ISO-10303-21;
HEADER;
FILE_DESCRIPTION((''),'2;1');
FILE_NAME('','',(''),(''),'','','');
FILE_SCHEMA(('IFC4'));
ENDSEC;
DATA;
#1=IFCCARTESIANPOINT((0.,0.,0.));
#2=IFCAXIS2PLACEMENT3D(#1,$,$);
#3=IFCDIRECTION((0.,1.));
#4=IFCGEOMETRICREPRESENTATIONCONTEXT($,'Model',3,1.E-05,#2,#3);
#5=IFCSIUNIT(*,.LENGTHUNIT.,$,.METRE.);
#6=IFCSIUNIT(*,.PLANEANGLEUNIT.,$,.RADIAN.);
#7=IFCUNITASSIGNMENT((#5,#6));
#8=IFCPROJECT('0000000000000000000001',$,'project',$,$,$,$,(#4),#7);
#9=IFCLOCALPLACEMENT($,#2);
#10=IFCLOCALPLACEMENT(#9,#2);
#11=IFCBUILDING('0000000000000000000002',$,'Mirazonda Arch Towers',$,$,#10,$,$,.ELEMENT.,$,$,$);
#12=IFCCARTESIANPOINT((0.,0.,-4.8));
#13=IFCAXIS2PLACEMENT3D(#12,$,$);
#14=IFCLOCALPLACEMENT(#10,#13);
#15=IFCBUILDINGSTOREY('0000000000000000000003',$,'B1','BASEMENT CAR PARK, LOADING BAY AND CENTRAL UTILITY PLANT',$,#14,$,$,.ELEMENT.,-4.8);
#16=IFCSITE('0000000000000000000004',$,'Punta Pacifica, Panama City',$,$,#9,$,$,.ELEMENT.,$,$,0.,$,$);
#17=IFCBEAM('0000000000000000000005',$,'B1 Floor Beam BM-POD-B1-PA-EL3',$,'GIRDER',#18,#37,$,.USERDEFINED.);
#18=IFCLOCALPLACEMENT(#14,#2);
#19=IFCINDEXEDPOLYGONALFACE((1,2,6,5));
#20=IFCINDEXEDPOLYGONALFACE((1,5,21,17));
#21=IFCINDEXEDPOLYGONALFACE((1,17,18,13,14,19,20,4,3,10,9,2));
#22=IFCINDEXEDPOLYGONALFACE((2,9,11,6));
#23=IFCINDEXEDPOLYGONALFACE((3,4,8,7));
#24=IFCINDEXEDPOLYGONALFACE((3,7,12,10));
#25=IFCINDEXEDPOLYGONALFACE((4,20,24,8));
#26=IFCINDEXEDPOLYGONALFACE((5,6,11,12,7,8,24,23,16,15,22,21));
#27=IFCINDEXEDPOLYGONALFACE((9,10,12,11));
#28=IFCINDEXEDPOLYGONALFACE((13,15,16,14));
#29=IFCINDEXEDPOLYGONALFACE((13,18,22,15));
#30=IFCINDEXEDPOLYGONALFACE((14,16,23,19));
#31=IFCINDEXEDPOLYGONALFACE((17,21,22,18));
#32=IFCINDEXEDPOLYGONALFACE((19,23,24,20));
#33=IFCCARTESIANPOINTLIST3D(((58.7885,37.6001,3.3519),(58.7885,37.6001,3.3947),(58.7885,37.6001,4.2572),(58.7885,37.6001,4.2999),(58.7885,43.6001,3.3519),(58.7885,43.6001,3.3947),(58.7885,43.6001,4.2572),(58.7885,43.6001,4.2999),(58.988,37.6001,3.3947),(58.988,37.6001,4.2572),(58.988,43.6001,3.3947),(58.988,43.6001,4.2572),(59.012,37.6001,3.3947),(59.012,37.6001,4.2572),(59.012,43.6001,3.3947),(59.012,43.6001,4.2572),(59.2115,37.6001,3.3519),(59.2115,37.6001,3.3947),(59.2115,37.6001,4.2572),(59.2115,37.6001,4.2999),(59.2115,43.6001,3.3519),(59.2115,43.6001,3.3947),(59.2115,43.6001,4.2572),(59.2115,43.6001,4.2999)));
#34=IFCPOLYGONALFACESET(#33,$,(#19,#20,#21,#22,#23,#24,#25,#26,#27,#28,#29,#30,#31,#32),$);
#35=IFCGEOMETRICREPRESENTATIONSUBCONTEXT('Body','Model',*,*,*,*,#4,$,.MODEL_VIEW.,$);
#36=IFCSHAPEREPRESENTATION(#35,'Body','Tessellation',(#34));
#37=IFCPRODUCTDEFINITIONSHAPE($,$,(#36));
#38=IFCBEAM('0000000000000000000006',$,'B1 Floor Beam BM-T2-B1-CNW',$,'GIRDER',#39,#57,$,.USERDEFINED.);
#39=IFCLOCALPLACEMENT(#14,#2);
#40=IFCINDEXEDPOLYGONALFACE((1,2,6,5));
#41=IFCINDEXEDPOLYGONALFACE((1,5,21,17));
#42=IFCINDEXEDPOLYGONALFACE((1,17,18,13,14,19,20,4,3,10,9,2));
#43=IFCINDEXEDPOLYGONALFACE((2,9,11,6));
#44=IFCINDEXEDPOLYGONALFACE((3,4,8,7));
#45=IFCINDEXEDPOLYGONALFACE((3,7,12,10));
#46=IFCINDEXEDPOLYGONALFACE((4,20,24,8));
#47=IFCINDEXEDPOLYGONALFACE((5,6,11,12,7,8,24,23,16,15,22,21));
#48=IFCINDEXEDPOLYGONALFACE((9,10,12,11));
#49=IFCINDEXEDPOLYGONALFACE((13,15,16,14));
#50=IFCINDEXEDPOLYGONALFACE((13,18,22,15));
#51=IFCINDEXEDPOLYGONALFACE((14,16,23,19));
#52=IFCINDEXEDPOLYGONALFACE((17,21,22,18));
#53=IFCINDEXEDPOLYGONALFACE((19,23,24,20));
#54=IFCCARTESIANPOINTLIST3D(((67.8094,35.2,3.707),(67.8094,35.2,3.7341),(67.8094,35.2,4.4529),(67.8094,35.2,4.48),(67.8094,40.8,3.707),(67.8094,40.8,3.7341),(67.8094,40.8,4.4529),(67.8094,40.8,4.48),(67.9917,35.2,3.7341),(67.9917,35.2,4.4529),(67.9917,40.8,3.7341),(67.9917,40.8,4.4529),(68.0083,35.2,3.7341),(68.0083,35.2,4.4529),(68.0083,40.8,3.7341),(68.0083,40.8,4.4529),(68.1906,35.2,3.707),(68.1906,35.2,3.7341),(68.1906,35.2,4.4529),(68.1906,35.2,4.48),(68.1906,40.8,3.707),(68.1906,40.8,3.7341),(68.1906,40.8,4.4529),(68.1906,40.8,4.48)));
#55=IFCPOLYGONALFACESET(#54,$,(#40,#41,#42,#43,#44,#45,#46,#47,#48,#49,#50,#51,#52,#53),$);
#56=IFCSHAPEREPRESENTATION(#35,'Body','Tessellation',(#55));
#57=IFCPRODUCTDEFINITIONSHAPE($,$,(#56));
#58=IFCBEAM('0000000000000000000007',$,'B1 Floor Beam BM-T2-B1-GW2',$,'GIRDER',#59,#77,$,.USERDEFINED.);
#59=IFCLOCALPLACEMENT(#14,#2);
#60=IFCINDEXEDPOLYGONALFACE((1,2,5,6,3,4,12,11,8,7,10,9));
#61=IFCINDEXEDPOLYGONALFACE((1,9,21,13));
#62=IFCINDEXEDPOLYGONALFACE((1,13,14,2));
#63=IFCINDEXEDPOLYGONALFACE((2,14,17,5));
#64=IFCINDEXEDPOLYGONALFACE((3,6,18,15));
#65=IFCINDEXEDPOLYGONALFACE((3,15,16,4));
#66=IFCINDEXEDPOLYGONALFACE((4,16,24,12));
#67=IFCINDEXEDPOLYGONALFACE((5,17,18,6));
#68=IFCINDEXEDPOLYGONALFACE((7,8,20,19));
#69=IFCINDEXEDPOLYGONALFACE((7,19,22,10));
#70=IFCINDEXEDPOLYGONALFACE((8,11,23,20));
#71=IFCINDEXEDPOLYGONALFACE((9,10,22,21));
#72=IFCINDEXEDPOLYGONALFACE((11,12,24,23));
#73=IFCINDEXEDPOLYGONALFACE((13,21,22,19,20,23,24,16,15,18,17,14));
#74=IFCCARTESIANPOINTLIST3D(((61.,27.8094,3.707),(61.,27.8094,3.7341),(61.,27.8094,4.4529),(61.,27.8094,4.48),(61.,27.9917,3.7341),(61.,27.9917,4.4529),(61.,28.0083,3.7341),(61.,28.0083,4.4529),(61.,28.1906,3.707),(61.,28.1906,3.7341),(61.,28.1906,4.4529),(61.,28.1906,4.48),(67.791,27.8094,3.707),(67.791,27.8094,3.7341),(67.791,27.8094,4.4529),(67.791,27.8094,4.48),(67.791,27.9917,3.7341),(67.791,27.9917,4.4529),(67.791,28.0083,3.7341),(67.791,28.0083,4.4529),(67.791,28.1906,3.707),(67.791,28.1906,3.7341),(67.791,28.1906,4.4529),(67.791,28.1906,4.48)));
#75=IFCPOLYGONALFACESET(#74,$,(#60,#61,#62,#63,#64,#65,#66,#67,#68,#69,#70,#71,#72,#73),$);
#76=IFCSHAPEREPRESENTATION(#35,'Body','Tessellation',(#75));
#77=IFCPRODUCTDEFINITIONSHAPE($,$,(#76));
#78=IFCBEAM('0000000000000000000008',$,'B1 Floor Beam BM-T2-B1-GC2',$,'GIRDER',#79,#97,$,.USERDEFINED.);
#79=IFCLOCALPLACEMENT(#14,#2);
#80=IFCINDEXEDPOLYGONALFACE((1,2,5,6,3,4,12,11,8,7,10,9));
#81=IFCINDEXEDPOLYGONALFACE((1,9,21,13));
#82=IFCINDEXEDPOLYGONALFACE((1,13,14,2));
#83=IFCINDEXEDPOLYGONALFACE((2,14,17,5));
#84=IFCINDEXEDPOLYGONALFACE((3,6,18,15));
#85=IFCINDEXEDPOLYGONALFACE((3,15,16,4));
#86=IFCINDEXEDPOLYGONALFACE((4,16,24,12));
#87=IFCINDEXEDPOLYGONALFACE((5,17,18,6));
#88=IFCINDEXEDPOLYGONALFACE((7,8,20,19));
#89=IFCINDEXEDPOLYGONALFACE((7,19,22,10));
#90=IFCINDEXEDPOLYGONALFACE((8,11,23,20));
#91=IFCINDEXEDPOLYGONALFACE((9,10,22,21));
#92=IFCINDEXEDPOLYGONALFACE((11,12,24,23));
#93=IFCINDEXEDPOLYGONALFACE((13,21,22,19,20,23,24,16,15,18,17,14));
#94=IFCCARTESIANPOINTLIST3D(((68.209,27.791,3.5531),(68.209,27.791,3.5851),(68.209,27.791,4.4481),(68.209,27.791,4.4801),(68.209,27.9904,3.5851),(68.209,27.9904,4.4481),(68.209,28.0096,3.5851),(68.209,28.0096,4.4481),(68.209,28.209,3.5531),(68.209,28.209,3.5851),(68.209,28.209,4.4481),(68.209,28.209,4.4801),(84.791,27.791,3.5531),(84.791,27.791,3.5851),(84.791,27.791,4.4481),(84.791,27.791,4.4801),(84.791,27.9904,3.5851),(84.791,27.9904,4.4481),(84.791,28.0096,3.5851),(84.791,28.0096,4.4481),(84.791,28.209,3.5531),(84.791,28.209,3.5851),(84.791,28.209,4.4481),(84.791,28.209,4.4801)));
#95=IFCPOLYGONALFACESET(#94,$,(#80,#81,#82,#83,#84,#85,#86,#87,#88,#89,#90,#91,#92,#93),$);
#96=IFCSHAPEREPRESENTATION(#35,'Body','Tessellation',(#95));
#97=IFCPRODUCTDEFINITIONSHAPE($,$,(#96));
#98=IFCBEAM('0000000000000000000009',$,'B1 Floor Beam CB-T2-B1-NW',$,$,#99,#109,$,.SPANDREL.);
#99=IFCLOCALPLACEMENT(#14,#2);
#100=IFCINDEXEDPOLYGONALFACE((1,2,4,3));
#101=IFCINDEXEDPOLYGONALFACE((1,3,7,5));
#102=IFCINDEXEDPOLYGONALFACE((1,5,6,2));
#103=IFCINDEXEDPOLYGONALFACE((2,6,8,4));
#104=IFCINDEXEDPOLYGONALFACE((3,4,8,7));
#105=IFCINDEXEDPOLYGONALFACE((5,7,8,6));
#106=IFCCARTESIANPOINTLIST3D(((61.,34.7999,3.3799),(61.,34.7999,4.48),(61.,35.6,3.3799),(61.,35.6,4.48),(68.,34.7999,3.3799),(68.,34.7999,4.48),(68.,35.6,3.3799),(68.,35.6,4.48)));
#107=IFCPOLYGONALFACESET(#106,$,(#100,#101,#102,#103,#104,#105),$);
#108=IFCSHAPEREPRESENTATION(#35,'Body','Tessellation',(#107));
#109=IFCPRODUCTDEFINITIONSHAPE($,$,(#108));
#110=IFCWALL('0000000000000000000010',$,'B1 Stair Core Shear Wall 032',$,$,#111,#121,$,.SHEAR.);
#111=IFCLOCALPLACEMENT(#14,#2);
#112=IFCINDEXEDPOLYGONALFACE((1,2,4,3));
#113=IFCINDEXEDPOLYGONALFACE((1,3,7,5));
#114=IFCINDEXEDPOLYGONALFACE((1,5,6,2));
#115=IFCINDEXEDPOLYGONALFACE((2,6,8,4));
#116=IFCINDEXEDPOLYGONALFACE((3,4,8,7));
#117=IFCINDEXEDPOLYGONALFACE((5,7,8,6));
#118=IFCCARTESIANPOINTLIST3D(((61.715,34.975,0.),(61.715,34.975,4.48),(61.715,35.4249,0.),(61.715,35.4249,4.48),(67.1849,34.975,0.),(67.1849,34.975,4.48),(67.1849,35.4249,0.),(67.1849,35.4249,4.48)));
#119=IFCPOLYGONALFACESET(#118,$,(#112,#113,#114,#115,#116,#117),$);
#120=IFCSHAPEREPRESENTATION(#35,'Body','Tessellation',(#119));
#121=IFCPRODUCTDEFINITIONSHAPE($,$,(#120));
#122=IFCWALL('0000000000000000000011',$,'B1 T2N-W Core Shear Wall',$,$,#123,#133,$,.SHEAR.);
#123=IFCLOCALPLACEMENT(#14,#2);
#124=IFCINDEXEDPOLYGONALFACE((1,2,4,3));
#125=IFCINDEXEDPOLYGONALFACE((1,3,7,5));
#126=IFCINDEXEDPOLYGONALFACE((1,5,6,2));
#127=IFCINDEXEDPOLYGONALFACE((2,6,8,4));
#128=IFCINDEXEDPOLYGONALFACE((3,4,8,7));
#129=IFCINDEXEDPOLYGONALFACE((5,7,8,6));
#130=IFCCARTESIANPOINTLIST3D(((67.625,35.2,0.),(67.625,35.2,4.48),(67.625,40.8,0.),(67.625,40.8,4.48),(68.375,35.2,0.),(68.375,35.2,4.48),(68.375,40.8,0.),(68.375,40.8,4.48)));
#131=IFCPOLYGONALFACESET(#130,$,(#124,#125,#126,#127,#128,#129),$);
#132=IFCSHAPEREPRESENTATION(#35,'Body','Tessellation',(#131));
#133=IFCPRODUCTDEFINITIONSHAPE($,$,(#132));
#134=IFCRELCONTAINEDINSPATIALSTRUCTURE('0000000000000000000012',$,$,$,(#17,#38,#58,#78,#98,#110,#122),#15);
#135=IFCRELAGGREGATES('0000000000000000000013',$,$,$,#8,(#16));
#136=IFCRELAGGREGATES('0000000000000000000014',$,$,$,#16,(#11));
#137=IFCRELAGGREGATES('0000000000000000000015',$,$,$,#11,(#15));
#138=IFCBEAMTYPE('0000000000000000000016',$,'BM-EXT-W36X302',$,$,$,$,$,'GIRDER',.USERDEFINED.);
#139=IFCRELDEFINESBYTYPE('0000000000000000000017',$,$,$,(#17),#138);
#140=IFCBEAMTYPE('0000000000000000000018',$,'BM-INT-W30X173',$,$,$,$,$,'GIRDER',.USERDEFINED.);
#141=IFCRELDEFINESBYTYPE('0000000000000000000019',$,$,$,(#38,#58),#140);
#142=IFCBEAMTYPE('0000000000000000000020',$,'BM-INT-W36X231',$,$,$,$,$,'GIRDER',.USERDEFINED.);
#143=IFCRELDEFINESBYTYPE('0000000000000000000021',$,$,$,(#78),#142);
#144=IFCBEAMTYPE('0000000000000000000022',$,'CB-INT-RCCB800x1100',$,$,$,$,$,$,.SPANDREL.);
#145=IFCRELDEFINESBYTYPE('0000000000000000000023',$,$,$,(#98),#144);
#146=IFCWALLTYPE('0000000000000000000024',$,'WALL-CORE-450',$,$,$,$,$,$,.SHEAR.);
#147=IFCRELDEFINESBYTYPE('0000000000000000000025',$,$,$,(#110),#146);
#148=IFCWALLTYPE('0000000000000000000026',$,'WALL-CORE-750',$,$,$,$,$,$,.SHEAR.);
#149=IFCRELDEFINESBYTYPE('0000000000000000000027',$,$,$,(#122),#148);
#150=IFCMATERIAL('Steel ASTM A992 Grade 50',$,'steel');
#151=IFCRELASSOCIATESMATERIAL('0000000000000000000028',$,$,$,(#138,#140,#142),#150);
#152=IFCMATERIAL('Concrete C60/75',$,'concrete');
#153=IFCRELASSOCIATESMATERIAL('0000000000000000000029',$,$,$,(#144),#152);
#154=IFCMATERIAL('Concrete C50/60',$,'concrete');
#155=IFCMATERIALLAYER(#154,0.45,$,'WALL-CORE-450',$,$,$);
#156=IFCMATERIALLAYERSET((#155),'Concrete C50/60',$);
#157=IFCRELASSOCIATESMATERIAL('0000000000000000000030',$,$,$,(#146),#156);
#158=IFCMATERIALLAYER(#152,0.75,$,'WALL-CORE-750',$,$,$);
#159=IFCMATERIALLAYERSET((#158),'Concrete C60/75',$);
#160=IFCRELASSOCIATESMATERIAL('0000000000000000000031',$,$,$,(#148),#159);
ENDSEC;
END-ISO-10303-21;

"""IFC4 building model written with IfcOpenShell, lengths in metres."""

from ifc_helpers import new_model, si_unit, direction, frame, frame_2d, origin, origin_2d, place, context, subcontext, project, spatial, rectangle, i_section, extrude, material, layer, layer_set, material_profile, profile_set, type_object, element, save


model = new_model("IFC4")

# Units and contexts
model_context = context("Model", 3, precision=1e-05, world=origin(), true_north=direction((0.0, 1.0)))
body_context = subcontext(model_context, "Body", "Model", "MODEL_VIEW")
ifc_project = project(units=[si_unit("LENGTHUNIT", "METRE"), si_unit("PLANEANGLEUNIT", "RADIAN")], contexts=[model_context])

# Site, building, storey
site_placement = place(None, origin())
site = spatial("IfcSite", under=ifc_project, at=site_placement, Name="Punta Pacifica, Panama City", CompositionType="ELEMENT", RefElevation=0.0)
building_placement = place(site_placement, origin())
building = spatial("IfcBuilding", under=site, at=building_placement, Name="Mirazonda Arch Towers", CompositionType="ELEMENT")
storey_placement = place(building_placement, frame((0.0, 0.0, -4.8)))
storey = spatial("IfcBuildingStorey", under=building, at=storey_placement, Name="B1", Description="BASEMENT CAR PARK, LOADING BAY AND CENTRAL UTILITY PLANT", CompositionType="ELEMENT", Elevation=-4.8)

# Shared definitions
ifc_material_1 = material(Name="Concrete C50/60", Category="concrete")

# Shared definitions
ifc_material_2 = material(Name="Concrete C60/75", Category="concrete")

# Beams
ifc_material_3 = material(Name="Steel ASTM A992 Grade 50", Category="steel")
ifc_material_profile_1 = material_profile(ifc_material_3, i_section(OverallWidth=0.4231, OverallDepth=0.948, WebThickness=0.0239, FlangeThickness=0.0427, at=origin_2d()), Name="W36X302")
ifc_profile_set_1 = profile_set([ifc_material_profile_1], Name="Steel ASTM A992 Grade 50")
beam_type_1 = type_object("IfcBeamType", Name="BM-EXT-W36X302", ElementType="GIRDER", PredefinedType="USERDEFINED", material=ifc_profile_set_1)
beam_1_placement = place(storey_placement, frame((59.0, 37.6001, 3.8259), z_axis=(0.0, 1.0, 0.0), x_axis=(-1.0, 0.0, 0.0)))
element("IfcBeam", 1, at=beam_1_placement, inside=storey, type_object=beam_type_1, Name="B1 Floor Beam BM-POD-B1-PA-EL3", ObjectType="GIRDER", PredefinedType="USERDEFINED", context=body_context, shape_type="SweptSolid", body=[
    extrude(i_section(OverallWidth=0.4231, OverallDepth=0.948, WebThickness=0.0239, FlangeThickness=0.0427, at=origin_2d()), origin(), (0.0, 0.0, 1.0), 6.0),
])
ifc_material_profile_2 = material_profile(ifc_material_3, i_section(OverallWidth=0.3811, OverallDepth=0.7729, WebThickness=0.0166, FlangeThickness=0.0271, at=origin_2d()), Name="W30X173")
ifc_profile_set_2 = profile_set([ifc_material_profile_2], Name="Steel ASTM A992 Grade 50")
beam_type_2 = type_object("IfcBeamType", Name="BM-INT-W30X173", ElementType="GIRDER", PredefinedType="USERDEFINED", material=ifc_profile_set_2)
beam_2_placement = place(storey_placement, frame((68.0, 35.2, 4.0935), z_axis=(0.0, 1.0, 0.0), x_axis=(-1.0, 0.0, 0.0)))
element("IfcBeam", 2, at=beam_2_placement, inside=storey, type_object=beam_type_2, Name="B1 Floor Beam BM-T2-B1-CNW", ObjectType="GIRDER", PredefinedType="USERDEFINED", context=body_context, shape_type="SweptSolid", body=[
    extrude(i_section(OverallWidth=0.3811, OverallDepth=0.7729, WebThickness=0.0166, FlangeThickness=0.0271, at=origin_2d()), origin(), (0.0, 0.0, 1.0), 5.6001),
])
beam_3_placement = place(storey_placement, frame((61.0, 28.0, 4.0935), z_axis=(1.0, 0.0, 0.0), x_axis=(0.0, 1.0, 0.0)))
element("IfcBeam", 3, at=beam_3_placement, inside=storey, type_object=beam_type_2, Name="B1 Floor Beam BM-T2-B1-GW2", ObjectType="GIRDER", PredefinedType="USERDEFINED", context=body_context, shape_type="SweptSolid", body=[
    extrude(i_section(OverallWidth=0.3811, OverallDepth=0.7729, WebThickness=0.0166, FlangeThickness=0.0271, at=origin_2d()), origin(), (0.0, 0.0, 1.0), 6.791),
])
ifc_material_profile_3 = material_profile(ifc_material_3, i_section(OverallWidth=0.418, OverallDepth=0.927, WebThickness=0.0193, FlangeThickness=0.032, at=origin_2d()), Name="W36X231")
ifc_profile_set_3 = profile_set([ifc_material_profile_3], Name="Steel ASTM A992 Grade 50")
beam_type_3 = type_object("IfcBeamType", Name="BM-INT-W36X231", ElementType="GIRDER", PredefinedType="USERDEFINED", material=ifc_profile_set_3)
beam_4_placement = place(storey_placement, frame((68.209, 28.0, 4.0166), z_axis=(1.0, 0.0, 0.0), x_axis=(0.0, 1.0, 0.0)))
element("IfcBeam", 4, at=beam_4_placement, inside=storey, type_object=beam_type_3, Name="B1 Floor Beam BM-T2-B1-GC2", ObjectType="GIRDER", PredefinedType="USERDEFINED", context=body_context, shape_type="SweptSolid", body=[
    extrude(i_section(OverallWidth=0.418, OverallDepth=0.927, WebThickness=0.0193, FlangeThickness=0.032, at=origin_2d()), origin(), (0.0, 0.0, 1.0), 16.582),
])
ifc_material_profile_4 = material_profile(ifc_material_2, rectangle(XDim=0.8, YDim=1.1001, at=origin_2d()), Name="RCCB800x1100")
ifc_profile_set_4 = profile_set([ifc_material_profile_4], Name="Concrete C60/75")
beam_type_4 = type_object("IfcBeamType", Name="CB-INT-RCCB800x1100", PredefinedType="SPANDREL", material=ifc_profile_set_4)
beam_5_placement = place(storey_placement, frame((61.0, 35.2, 3.9299), z_axis=(1.0, 0.0, 0.0), x_axis=(0.0, 1.0, 0.0)))
element("IfcBeam", 5, at=beam_5_placement, inside=storey, type_object=beam_type_4, Name="B1 Floor Beam CB-T2-B1-NW", PredefinedType="SPANDREL", context=body_context, shape_type="SweptSolid", body=[
    extrude(rectangle(XDim=0.8, YDim=1.1001, at=origin_2d()), origin(), (0.0, 0.0, 1.0), 7.0),
])

# Walls
ifc_layer_1 = layer(ifc_material_1, 0.45, Name="WALL-CORE-450")
ifc_layer_set_1 = layer_set([ifc_layer_1], Name="Concrete C50/60")
wall_type_1 = type_object("IfcWallType", Name="WALL-CORE-450", PredefinedType="SHEAR", material=ifc_layer_set_1)
wall_1_placement = place(storey_placement, frame((61.7151, 35.2, 0.0), z_axis=(0.0, 0.0, 1.0), x_axis=(1.0, 0.0, 0.0)))
element("IfcWall", 6, at=wall_1_placement, inside=storey, type_object=wall_type_1, Name="B1 Stair Core Shear Wall 032", PredefinedType="SHEAR", context=body_context, shape_type="SweptSolid", body=[
    extrude(rectangle(XDim=5.47, YDim=0.45, at=frame_2d((2.7349, 0.0))), origin(), (0.0, 0.0, 1.0), 4.48),
])
ifc_layer_2 = layer(ifc_material_2, 0.75, Name="WALL-CORE-750")
ifc_layer_set_2 = layer_set([ifc_layer_2], Name="Concrete C60/75")
wall_type_2 = type_object("IfcWallType", Name="WALL-CORE-750", PredefinedType="SHEAR", material=ifc_layer_set_2)
wall_2_placement = place(storey_placement, frame((68.0, 35.2, 0.0), z_axis=(0.0, 0.0, 1.0), x_axis=(0.0, 1.0, 0.0)))
element("IfcWall", 7, at=wall_2_placement, inside=storey, type_object=wall_type_2, Name="B1 T2N-W Core Shear Wall", PredefinedType="SHEAR", context=body_context, shape_type="SweptSolid", body=[
    extrude(rectangle(XDim=5.6001, YDim=0.75, at=frame_2d((2.8, 0.0))), origin(), (0.0, 0.0, 1.0), 4.48),
])

save(model, "model.ifc")
